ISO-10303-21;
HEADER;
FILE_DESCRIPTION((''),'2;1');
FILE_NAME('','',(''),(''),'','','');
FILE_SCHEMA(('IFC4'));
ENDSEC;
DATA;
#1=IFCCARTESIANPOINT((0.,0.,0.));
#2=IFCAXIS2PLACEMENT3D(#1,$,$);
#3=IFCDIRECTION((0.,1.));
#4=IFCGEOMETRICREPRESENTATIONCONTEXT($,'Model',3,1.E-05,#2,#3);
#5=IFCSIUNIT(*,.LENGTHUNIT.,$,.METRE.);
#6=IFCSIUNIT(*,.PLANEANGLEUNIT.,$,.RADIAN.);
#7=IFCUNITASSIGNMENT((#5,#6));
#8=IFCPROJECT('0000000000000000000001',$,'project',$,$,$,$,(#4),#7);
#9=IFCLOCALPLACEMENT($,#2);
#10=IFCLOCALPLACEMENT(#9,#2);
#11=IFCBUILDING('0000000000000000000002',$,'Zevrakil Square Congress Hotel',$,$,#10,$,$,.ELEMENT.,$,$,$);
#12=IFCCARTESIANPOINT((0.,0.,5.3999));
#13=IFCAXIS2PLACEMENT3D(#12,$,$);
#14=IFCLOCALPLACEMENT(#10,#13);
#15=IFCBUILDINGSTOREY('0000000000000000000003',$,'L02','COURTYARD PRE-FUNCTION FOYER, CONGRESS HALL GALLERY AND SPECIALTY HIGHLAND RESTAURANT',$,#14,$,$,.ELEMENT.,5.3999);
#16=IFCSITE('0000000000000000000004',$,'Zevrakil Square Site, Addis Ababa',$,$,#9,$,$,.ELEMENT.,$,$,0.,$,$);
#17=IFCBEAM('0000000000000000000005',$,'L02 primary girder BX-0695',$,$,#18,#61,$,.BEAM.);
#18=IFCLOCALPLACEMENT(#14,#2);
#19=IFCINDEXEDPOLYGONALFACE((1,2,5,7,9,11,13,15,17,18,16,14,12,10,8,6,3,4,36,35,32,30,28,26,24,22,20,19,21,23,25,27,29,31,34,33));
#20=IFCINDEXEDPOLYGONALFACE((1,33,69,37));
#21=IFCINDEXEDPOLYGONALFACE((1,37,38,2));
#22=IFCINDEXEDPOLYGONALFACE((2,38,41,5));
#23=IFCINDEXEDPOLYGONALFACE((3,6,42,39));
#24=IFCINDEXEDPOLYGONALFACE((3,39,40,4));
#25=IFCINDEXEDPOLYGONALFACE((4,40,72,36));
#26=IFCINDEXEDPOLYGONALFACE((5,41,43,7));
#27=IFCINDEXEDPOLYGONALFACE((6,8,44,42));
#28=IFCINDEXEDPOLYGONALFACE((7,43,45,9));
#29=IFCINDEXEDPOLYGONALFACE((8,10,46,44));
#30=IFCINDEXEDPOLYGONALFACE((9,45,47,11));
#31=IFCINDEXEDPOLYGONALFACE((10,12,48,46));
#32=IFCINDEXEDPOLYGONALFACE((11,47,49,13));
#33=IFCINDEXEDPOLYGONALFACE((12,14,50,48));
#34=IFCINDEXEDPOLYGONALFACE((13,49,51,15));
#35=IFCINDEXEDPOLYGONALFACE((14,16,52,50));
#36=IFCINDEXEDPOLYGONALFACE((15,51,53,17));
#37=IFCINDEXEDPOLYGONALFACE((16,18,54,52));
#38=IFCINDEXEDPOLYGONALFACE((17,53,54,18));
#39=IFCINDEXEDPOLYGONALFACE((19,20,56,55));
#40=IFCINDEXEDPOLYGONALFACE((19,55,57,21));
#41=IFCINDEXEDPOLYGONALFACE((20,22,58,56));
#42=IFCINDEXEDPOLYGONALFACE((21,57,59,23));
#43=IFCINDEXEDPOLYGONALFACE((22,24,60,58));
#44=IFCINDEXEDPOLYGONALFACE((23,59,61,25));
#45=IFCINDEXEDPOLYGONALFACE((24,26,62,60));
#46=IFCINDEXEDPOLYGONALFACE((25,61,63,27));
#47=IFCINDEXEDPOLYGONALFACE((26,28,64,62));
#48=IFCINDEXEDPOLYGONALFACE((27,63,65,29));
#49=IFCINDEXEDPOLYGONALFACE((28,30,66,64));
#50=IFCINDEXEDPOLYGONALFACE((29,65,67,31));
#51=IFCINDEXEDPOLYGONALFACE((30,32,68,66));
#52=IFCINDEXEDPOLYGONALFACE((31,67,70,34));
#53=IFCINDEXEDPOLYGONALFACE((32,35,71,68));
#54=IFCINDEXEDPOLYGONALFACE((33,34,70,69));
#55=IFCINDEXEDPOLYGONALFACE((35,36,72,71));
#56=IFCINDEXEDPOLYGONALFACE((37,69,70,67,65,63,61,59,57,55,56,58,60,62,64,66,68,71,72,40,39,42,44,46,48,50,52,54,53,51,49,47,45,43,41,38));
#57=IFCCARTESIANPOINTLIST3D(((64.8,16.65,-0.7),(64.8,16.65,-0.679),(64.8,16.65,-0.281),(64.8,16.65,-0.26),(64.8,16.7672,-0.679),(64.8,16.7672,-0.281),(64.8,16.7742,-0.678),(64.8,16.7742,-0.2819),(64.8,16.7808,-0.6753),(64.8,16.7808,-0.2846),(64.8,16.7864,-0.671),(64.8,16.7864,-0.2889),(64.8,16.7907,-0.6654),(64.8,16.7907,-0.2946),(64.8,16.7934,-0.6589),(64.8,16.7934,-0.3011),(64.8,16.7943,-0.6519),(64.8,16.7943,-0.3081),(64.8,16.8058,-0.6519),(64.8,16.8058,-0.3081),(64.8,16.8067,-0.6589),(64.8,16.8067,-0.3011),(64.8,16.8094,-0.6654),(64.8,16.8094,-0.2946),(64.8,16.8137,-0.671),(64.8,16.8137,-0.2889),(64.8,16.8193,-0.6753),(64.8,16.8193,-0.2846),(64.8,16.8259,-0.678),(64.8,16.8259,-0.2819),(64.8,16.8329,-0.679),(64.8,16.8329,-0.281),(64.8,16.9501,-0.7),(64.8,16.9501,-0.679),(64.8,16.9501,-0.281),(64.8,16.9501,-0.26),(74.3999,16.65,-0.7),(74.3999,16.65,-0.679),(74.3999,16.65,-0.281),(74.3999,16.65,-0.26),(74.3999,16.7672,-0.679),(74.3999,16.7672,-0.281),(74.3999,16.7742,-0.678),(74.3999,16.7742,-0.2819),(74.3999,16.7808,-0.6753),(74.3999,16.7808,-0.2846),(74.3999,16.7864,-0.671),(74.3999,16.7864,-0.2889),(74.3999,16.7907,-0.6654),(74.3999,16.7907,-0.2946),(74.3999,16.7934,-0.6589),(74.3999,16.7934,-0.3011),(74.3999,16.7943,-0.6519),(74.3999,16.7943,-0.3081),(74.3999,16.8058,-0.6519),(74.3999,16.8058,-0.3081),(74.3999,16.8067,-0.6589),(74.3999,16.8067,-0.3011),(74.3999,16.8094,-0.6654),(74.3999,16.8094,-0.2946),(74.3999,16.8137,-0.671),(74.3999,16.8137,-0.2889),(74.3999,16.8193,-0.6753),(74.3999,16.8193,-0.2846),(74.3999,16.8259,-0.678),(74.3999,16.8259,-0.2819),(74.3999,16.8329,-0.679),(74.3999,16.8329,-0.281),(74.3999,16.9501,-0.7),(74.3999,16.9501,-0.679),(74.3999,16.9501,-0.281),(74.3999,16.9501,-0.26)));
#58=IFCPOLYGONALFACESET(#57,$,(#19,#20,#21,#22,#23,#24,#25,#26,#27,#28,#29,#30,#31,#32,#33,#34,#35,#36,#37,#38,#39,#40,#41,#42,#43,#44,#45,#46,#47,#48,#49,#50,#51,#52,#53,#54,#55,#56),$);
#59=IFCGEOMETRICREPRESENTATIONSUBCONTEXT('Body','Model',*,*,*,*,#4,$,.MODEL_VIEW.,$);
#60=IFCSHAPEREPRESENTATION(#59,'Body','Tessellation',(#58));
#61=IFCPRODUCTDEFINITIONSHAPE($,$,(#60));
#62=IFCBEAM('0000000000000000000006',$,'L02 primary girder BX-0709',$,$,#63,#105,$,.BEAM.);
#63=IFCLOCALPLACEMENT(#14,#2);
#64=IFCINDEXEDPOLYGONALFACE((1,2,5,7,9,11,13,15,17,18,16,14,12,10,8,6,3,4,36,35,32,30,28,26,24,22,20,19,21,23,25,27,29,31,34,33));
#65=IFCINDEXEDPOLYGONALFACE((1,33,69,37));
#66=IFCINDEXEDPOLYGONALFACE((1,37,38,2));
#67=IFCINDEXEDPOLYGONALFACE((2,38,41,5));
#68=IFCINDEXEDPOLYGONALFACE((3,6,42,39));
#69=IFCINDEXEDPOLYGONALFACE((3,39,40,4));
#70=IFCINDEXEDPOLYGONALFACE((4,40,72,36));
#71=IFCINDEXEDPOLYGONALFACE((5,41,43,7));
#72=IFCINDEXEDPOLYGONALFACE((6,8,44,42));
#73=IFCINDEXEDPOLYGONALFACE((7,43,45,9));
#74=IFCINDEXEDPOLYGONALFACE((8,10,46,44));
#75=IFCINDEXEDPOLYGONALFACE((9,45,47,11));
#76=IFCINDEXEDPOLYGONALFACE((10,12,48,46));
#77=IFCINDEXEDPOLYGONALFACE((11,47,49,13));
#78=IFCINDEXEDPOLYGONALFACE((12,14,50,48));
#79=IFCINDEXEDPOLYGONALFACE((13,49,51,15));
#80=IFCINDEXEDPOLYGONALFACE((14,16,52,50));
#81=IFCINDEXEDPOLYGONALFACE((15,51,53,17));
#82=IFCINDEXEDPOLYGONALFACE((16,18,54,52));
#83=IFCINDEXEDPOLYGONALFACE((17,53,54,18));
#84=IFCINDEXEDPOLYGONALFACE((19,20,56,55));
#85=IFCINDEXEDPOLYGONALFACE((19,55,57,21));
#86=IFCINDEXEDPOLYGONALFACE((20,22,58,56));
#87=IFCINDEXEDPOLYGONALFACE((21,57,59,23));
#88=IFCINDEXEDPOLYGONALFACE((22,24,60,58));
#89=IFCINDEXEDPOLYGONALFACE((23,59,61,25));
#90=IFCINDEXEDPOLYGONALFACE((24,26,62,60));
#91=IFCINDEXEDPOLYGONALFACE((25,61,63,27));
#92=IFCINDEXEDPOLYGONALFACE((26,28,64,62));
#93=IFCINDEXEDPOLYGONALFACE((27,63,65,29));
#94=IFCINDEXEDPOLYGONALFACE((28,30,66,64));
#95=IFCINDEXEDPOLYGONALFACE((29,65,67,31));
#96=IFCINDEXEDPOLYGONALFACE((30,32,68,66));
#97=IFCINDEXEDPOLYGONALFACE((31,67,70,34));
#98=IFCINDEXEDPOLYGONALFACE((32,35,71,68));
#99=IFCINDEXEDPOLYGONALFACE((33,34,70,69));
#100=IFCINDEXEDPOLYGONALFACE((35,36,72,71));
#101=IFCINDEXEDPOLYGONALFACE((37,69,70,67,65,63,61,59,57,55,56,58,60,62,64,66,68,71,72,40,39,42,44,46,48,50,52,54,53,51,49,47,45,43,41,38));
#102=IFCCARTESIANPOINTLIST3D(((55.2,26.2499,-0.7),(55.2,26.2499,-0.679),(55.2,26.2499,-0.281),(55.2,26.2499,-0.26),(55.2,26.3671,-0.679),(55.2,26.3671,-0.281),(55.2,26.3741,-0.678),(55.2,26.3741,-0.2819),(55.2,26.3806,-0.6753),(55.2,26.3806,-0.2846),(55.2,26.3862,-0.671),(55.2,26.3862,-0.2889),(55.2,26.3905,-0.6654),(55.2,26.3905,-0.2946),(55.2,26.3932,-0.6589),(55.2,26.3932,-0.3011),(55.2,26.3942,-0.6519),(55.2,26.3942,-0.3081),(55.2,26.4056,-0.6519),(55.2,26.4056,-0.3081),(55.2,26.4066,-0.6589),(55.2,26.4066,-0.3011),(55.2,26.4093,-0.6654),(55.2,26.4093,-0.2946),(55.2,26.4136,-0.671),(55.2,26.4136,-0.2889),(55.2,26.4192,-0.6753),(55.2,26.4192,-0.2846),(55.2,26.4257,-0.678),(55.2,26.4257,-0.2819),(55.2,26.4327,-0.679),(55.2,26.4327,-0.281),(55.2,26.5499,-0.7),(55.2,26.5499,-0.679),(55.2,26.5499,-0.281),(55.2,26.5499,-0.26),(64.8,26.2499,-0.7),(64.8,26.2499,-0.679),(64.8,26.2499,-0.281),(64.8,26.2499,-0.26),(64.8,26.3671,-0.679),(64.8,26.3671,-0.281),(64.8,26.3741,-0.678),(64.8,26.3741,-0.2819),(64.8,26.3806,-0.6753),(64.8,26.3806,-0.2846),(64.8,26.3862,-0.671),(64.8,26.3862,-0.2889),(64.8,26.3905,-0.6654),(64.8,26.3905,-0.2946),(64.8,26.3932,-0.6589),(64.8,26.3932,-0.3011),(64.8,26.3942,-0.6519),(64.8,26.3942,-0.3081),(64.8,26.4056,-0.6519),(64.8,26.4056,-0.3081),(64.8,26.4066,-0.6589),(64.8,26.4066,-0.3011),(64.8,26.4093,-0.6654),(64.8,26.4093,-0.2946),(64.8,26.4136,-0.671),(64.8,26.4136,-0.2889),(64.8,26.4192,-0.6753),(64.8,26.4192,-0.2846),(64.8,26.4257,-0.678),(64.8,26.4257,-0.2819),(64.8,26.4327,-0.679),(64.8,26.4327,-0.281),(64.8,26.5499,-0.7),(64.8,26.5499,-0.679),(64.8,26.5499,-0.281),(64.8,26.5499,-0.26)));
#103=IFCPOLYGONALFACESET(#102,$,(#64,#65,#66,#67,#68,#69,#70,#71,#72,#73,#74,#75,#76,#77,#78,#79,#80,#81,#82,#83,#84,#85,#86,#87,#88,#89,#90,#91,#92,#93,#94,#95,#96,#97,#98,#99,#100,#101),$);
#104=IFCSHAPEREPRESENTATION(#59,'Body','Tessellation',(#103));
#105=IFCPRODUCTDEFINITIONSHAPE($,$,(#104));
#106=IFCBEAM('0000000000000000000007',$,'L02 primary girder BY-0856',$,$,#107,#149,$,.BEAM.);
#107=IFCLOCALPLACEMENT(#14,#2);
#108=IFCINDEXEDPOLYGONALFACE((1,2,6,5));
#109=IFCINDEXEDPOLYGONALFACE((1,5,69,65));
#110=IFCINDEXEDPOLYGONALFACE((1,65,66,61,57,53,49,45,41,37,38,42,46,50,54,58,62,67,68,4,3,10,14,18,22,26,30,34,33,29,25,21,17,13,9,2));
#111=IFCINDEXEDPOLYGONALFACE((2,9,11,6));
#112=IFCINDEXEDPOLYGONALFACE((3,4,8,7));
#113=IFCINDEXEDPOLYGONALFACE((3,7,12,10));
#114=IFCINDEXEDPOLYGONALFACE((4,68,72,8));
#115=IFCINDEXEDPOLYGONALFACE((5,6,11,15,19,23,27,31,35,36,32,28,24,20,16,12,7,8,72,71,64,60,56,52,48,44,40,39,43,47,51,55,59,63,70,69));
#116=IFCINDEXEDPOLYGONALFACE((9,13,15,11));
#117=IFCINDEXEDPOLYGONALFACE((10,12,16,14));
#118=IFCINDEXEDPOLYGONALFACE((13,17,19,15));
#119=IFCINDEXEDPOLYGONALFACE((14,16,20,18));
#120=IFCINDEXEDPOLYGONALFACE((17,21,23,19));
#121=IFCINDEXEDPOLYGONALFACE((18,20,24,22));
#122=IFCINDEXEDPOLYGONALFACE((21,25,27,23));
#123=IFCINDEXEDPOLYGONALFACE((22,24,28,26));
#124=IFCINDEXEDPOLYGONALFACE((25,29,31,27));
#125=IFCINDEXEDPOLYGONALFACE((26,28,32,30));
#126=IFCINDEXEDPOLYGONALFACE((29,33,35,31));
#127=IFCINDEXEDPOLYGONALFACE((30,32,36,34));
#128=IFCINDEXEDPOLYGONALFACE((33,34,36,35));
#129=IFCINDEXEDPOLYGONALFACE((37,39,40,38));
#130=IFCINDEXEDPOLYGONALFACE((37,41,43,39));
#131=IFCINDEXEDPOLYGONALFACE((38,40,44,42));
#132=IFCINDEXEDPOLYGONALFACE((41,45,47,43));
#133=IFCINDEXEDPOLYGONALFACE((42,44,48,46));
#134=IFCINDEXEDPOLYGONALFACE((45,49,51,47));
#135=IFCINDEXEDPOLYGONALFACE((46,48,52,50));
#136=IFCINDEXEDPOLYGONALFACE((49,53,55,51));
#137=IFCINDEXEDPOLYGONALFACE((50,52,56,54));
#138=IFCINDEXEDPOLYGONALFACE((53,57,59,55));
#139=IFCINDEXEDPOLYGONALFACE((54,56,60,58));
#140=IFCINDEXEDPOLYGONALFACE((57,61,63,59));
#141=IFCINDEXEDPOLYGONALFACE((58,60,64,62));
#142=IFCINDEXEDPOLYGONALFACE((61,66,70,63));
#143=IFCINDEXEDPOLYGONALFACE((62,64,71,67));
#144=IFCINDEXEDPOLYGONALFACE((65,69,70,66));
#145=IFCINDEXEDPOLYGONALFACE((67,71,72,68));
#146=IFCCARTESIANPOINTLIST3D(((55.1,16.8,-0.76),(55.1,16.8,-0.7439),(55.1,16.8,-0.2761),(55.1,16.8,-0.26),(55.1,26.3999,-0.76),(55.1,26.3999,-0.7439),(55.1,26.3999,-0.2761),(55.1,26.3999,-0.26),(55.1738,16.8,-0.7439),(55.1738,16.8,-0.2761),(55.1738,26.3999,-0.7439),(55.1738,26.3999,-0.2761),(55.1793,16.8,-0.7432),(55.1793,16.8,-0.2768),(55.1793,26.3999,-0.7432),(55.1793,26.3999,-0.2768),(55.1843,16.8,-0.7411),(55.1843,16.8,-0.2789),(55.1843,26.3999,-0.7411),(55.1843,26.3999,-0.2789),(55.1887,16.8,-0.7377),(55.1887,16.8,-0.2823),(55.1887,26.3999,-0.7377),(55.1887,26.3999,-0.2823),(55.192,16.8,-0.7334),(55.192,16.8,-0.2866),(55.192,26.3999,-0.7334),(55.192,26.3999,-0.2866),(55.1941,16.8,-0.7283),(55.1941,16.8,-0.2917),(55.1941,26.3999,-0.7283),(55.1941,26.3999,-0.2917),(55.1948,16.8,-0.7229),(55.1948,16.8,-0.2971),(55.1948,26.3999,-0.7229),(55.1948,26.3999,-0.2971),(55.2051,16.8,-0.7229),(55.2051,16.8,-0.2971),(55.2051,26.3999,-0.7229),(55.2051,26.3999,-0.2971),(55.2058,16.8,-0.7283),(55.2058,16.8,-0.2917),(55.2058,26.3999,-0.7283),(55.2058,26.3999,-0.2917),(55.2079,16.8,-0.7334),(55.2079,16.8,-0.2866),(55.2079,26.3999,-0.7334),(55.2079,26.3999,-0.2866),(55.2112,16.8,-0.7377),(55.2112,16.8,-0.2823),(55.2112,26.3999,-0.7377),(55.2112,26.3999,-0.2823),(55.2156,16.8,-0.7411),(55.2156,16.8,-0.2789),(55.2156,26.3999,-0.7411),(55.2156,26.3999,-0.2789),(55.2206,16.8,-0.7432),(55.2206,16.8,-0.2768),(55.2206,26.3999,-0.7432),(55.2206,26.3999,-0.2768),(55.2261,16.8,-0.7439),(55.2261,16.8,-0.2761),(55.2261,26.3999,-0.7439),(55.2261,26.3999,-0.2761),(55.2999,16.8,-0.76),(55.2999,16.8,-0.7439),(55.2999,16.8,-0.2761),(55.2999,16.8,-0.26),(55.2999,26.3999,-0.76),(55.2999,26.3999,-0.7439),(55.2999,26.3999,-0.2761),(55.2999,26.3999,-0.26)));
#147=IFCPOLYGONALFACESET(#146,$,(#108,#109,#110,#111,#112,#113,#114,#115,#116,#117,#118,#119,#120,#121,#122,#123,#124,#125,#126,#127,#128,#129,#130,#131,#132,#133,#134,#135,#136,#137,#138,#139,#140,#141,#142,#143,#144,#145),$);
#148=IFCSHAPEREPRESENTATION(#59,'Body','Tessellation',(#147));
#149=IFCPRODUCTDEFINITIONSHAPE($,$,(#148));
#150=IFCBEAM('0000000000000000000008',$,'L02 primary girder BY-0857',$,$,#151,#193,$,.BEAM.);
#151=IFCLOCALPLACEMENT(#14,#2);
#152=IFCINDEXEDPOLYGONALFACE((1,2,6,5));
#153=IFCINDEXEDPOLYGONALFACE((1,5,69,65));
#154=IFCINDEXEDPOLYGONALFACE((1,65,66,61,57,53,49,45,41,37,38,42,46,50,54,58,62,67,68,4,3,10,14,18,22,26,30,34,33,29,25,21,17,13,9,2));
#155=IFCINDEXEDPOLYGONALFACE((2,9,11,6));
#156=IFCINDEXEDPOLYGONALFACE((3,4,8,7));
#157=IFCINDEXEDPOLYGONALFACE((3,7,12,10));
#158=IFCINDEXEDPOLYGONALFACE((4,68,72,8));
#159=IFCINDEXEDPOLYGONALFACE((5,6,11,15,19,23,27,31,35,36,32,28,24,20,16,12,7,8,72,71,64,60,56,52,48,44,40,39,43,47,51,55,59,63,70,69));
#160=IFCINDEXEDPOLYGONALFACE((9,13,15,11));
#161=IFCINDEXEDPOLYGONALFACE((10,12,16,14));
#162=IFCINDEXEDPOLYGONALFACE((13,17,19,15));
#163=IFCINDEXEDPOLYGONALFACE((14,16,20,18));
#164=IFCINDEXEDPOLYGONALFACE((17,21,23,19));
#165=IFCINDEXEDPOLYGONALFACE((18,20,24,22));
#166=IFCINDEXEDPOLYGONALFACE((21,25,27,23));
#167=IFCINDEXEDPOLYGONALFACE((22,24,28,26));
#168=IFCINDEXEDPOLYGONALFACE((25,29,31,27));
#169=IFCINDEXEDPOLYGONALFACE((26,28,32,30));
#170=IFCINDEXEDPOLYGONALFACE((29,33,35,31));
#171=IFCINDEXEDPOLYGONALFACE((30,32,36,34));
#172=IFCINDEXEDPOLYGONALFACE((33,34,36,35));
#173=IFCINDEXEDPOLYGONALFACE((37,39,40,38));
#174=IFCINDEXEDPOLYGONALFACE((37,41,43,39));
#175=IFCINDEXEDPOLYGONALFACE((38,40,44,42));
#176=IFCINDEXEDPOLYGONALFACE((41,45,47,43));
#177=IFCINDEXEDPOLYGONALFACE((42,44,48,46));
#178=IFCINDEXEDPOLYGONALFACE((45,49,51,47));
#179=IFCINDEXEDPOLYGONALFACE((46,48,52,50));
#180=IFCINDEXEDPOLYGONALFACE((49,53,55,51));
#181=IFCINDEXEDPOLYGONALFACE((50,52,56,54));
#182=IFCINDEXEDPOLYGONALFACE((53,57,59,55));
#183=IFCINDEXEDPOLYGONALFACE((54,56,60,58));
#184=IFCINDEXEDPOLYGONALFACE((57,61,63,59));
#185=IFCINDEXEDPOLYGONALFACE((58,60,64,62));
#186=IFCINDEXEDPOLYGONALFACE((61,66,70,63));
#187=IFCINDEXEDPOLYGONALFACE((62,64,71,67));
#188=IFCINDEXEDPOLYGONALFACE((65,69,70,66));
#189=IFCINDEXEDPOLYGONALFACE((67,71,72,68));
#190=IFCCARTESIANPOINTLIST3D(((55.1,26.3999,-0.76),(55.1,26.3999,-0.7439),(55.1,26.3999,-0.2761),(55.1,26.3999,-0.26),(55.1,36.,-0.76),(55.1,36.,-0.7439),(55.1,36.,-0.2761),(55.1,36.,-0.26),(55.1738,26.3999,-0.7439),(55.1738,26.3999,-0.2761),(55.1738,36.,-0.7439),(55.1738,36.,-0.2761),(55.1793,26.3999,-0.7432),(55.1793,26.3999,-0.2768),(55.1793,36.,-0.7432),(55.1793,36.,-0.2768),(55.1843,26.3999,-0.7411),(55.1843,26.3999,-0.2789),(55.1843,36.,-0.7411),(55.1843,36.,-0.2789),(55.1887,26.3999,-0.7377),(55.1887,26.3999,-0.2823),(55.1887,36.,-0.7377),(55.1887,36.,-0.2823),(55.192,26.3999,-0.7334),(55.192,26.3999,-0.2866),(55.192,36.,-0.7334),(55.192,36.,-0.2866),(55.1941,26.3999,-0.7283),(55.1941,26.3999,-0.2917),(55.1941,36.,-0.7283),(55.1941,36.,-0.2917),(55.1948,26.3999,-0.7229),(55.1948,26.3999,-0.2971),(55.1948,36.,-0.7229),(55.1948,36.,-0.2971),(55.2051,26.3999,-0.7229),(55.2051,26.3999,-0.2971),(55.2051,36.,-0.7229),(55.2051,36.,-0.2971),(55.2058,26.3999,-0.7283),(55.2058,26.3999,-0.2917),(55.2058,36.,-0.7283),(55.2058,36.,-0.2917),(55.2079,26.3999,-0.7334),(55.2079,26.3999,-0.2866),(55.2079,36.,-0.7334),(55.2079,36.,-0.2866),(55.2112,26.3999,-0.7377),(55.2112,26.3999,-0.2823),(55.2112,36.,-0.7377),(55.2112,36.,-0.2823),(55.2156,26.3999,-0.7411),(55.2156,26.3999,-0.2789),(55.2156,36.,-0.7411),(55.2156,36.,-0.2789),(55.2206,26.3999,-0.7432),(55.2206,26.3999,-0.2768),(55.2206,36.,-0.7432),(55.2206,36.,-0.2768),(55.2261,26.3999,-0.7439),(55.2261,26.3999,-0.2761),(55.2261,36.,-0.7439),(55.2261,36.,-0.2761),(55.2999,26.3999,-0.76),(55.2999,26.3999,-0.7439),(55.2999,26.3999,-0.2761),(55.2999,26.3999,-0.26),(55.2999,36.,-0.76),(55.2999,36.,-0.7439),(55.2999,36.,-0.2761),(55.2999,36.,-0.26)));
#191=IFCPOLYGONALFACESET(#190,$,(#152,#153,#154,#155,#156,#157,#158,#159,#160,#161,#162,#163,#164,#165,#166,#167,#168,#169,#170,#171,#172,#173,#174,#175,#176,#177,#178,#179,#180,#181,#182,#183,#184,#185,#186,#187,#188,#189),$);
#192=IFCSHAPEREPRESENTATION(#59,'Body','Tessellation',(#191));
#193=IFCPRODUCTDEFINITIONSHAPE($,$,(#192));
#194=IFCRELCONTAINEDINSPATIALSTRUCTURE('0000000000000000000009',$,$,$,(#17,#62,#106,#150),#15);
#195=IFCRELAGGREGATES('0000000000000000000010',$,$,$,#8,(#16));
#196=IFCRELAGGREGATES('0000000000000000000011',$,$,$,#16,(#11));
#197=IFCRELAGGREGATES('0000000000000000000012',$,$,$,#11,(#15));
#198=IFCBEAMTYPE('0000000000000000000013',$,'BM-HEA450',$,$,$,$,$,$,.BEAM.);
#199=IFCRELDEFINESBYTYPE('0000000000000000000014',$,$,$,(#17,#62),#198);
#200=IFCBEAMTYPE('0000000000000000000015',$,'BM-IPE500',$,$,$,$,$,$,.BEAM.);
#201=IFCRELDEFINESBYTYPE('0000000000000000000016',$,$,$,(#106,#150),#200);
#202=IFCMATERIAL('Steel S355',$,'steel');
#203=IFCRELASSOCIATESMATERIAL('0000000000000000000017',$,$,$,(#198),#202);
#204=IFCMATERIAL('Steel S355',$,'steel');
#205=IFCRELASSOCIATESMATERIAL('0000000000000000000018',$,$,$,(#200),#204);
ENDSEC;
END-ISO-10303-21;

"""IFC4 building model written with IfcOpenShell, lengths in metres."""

from ifc_helpers import new_model, si_unit, direction, frame, origin, origin_2d, place, context, subcontext, project, spatial, i_section, extrude, material, material_profile, profile_set, type_object, element, save


model = new_model("IFC4")

# Units and contexts
model_context = context("Model", 3, precision=1e-05, world=origin(), true_north=direction((0.0, 1.0)))
body_context = subcontext(model_context, "Body", "Model", "MODEL_VIEW")
ifc_project = project(units=[si_unit("LENGTHUNIT", "METRE"), si_unit("PLANEANGLEUNIT", "RADIAN")], contexts=[model_context])

# Site, building, storey
site_placement = place(None, origin())
site = spatial("IfcSite", under=ifc_project, at=site_placement, Name="Zevrakil Square Site, Addis Ababa", CompositionType="ELEMENT", RefElevation=0.0)
building_placement = place(site_placement, origin())
building = spatial("IfcBuilding", under=site, at=building_placement, Name="Zevrakil Square Congress Hotel", CompositionType="ELEMENT")
storey_placement = place(building_placement, frame((0.0, 0.0, 5.3999)))
storey = spatial("IfcBuildingStorey", under=building, at=storey_placement, Name="L02", Description="COURTYARD PRE-FUNCTION FOYER, CONGRESS HALL GALLERY AND SPECIALTY HIGHLAND RESTAURANT", CompositionType="ELEMENT", Elevation=5.3999)

# Beams
ifc_material_1 = material(Name="Steel S355", Category="steel")
ifc_material_profile_1 = material_profile(ifc_material_1, i_section(OverallWidth=0.3, OverallDepth=0.4399, WebThickness=0.0115, FlangeThickness=0.021, FilletRadius=0.0271, at=origin_2d()), Name="HEA 450")
ifc_profile_set_1 = profile_set([ifc_material_profile_1], Name="Steel S355")
beam_type_1 = type_object("IfcBeamType", Name="BM-HEA450", PredefinedType="BEAM", material=ifc_profile_set_1)
beam_1_placement = place(storey_placement, frame((64.8, 16.8, -0.48), z_axis=(1.0, 0.0, 0.0), x_axis=(0.0, 1.0, 0.0)))
element("IfcBeam", 1, at=beam_1_placement, inside=storey, type_object=beam_type_1, Name="L02 primary girder BX-0695", PredefinedType="BEAM", context=body_context, shape_type="SweptSolid", body=[
    extrude(i_section(OverallWidth=0.3, OverallDepth=0.4399, WebThickness=0.0115, FlangeThickness=0.021, FilletRadius=0.0271, at=origin_2d()), origin(), (0.0, 0.0, 1.0), 9.5999),
])
beam_2_placement = place(storey_placement, frame((55.2, 26.3999, -0.48), z_axis=(1.0, 0.0, 0.0), x_axis=(0.0, 1.0, 0.0)))
element("IfcBeam", 2, at=beam_2_placement, inside=storey, type_object=beam_type_1, Name="L02 primary girder BX-0709", PredefinedType="BEAM", context=body_context, shape_type="SweptSolid", body=[
    extrude(i_section(OverallWidth=0.3, OverallDepth=0.4399, WebThickness=0.0115, FlangeThickness=0.021, FilletRadius=0.0271, at=origin_2d()), origin(), (0.0, 0.0, 1.0), 9.6001),
])
ifc_material_2 = material(Name="Steel S355", Category="steel")
ifc_material_profile_2 = material_profile(ifc_material_2, i_section(OverallWidth=0.2, OverallDepth=0.5, WebThickness=0.0103, FlangeThickness=0.0161, FilletRadius=0.021, at=origin_2d()), Name="IPE 500")
ifc_profile_set_2 = profile_set([ifc_material_profile_2], Name="Steel S355")
beam_type_2 = type_object("IfcBeamType", Name="BM-IPE500", PredefinedType="BEAM", material=ifc_profile_set_2)
beam_3_placement = place(storey_placement, frame((55.2, 16.8, -0.51), z_axis=(0.0, 1.0, 0.0), x_axis=(-1.0, 0.0, 0.0)))
element("IfcBeam", 3, at=beam_3_placement, inside=storey, type_object=beam_type_2, Name="L02 primary girder BY-0856", PredefinedType="BEAM", context=body_context, shape_type="SweptSolid", body=[
    extrude(i_section(OverallWidth=0.2, OverallDepth=0.5, WebThickness=0.0103, FlangeThickness=0.0161, FilletRadius=0.021, at=origin_2d()), origin(), (0.0, 0.0, 1.0), 9.5999),
])
beam_4_placement = place(storey_placement, frame((55.2, 26.3999, -0.51), z_axis=(0.0, 1.0, 0.0), x_axis=(-1.0, 0.0, 0.0)))
element("IfcBeam", 4, at=beam_4_placement, inside=storey, type_object=beam_type_2, Name="L02 primary girder BY-0857", PredefinedType="BEAM", context=body_context, shape_type="SweptSolid", body=[
    extrude(i_section(OverallWidth=0.2, OverallDepth=0.5, WebThickness=0.0103, FlangeThickness=0.0161, FilletRadius=0.021, at=origin_2d()), origin(), (0.0, 0.0, 1.0), 9.6001),
])

save(model, "model.ifc")
